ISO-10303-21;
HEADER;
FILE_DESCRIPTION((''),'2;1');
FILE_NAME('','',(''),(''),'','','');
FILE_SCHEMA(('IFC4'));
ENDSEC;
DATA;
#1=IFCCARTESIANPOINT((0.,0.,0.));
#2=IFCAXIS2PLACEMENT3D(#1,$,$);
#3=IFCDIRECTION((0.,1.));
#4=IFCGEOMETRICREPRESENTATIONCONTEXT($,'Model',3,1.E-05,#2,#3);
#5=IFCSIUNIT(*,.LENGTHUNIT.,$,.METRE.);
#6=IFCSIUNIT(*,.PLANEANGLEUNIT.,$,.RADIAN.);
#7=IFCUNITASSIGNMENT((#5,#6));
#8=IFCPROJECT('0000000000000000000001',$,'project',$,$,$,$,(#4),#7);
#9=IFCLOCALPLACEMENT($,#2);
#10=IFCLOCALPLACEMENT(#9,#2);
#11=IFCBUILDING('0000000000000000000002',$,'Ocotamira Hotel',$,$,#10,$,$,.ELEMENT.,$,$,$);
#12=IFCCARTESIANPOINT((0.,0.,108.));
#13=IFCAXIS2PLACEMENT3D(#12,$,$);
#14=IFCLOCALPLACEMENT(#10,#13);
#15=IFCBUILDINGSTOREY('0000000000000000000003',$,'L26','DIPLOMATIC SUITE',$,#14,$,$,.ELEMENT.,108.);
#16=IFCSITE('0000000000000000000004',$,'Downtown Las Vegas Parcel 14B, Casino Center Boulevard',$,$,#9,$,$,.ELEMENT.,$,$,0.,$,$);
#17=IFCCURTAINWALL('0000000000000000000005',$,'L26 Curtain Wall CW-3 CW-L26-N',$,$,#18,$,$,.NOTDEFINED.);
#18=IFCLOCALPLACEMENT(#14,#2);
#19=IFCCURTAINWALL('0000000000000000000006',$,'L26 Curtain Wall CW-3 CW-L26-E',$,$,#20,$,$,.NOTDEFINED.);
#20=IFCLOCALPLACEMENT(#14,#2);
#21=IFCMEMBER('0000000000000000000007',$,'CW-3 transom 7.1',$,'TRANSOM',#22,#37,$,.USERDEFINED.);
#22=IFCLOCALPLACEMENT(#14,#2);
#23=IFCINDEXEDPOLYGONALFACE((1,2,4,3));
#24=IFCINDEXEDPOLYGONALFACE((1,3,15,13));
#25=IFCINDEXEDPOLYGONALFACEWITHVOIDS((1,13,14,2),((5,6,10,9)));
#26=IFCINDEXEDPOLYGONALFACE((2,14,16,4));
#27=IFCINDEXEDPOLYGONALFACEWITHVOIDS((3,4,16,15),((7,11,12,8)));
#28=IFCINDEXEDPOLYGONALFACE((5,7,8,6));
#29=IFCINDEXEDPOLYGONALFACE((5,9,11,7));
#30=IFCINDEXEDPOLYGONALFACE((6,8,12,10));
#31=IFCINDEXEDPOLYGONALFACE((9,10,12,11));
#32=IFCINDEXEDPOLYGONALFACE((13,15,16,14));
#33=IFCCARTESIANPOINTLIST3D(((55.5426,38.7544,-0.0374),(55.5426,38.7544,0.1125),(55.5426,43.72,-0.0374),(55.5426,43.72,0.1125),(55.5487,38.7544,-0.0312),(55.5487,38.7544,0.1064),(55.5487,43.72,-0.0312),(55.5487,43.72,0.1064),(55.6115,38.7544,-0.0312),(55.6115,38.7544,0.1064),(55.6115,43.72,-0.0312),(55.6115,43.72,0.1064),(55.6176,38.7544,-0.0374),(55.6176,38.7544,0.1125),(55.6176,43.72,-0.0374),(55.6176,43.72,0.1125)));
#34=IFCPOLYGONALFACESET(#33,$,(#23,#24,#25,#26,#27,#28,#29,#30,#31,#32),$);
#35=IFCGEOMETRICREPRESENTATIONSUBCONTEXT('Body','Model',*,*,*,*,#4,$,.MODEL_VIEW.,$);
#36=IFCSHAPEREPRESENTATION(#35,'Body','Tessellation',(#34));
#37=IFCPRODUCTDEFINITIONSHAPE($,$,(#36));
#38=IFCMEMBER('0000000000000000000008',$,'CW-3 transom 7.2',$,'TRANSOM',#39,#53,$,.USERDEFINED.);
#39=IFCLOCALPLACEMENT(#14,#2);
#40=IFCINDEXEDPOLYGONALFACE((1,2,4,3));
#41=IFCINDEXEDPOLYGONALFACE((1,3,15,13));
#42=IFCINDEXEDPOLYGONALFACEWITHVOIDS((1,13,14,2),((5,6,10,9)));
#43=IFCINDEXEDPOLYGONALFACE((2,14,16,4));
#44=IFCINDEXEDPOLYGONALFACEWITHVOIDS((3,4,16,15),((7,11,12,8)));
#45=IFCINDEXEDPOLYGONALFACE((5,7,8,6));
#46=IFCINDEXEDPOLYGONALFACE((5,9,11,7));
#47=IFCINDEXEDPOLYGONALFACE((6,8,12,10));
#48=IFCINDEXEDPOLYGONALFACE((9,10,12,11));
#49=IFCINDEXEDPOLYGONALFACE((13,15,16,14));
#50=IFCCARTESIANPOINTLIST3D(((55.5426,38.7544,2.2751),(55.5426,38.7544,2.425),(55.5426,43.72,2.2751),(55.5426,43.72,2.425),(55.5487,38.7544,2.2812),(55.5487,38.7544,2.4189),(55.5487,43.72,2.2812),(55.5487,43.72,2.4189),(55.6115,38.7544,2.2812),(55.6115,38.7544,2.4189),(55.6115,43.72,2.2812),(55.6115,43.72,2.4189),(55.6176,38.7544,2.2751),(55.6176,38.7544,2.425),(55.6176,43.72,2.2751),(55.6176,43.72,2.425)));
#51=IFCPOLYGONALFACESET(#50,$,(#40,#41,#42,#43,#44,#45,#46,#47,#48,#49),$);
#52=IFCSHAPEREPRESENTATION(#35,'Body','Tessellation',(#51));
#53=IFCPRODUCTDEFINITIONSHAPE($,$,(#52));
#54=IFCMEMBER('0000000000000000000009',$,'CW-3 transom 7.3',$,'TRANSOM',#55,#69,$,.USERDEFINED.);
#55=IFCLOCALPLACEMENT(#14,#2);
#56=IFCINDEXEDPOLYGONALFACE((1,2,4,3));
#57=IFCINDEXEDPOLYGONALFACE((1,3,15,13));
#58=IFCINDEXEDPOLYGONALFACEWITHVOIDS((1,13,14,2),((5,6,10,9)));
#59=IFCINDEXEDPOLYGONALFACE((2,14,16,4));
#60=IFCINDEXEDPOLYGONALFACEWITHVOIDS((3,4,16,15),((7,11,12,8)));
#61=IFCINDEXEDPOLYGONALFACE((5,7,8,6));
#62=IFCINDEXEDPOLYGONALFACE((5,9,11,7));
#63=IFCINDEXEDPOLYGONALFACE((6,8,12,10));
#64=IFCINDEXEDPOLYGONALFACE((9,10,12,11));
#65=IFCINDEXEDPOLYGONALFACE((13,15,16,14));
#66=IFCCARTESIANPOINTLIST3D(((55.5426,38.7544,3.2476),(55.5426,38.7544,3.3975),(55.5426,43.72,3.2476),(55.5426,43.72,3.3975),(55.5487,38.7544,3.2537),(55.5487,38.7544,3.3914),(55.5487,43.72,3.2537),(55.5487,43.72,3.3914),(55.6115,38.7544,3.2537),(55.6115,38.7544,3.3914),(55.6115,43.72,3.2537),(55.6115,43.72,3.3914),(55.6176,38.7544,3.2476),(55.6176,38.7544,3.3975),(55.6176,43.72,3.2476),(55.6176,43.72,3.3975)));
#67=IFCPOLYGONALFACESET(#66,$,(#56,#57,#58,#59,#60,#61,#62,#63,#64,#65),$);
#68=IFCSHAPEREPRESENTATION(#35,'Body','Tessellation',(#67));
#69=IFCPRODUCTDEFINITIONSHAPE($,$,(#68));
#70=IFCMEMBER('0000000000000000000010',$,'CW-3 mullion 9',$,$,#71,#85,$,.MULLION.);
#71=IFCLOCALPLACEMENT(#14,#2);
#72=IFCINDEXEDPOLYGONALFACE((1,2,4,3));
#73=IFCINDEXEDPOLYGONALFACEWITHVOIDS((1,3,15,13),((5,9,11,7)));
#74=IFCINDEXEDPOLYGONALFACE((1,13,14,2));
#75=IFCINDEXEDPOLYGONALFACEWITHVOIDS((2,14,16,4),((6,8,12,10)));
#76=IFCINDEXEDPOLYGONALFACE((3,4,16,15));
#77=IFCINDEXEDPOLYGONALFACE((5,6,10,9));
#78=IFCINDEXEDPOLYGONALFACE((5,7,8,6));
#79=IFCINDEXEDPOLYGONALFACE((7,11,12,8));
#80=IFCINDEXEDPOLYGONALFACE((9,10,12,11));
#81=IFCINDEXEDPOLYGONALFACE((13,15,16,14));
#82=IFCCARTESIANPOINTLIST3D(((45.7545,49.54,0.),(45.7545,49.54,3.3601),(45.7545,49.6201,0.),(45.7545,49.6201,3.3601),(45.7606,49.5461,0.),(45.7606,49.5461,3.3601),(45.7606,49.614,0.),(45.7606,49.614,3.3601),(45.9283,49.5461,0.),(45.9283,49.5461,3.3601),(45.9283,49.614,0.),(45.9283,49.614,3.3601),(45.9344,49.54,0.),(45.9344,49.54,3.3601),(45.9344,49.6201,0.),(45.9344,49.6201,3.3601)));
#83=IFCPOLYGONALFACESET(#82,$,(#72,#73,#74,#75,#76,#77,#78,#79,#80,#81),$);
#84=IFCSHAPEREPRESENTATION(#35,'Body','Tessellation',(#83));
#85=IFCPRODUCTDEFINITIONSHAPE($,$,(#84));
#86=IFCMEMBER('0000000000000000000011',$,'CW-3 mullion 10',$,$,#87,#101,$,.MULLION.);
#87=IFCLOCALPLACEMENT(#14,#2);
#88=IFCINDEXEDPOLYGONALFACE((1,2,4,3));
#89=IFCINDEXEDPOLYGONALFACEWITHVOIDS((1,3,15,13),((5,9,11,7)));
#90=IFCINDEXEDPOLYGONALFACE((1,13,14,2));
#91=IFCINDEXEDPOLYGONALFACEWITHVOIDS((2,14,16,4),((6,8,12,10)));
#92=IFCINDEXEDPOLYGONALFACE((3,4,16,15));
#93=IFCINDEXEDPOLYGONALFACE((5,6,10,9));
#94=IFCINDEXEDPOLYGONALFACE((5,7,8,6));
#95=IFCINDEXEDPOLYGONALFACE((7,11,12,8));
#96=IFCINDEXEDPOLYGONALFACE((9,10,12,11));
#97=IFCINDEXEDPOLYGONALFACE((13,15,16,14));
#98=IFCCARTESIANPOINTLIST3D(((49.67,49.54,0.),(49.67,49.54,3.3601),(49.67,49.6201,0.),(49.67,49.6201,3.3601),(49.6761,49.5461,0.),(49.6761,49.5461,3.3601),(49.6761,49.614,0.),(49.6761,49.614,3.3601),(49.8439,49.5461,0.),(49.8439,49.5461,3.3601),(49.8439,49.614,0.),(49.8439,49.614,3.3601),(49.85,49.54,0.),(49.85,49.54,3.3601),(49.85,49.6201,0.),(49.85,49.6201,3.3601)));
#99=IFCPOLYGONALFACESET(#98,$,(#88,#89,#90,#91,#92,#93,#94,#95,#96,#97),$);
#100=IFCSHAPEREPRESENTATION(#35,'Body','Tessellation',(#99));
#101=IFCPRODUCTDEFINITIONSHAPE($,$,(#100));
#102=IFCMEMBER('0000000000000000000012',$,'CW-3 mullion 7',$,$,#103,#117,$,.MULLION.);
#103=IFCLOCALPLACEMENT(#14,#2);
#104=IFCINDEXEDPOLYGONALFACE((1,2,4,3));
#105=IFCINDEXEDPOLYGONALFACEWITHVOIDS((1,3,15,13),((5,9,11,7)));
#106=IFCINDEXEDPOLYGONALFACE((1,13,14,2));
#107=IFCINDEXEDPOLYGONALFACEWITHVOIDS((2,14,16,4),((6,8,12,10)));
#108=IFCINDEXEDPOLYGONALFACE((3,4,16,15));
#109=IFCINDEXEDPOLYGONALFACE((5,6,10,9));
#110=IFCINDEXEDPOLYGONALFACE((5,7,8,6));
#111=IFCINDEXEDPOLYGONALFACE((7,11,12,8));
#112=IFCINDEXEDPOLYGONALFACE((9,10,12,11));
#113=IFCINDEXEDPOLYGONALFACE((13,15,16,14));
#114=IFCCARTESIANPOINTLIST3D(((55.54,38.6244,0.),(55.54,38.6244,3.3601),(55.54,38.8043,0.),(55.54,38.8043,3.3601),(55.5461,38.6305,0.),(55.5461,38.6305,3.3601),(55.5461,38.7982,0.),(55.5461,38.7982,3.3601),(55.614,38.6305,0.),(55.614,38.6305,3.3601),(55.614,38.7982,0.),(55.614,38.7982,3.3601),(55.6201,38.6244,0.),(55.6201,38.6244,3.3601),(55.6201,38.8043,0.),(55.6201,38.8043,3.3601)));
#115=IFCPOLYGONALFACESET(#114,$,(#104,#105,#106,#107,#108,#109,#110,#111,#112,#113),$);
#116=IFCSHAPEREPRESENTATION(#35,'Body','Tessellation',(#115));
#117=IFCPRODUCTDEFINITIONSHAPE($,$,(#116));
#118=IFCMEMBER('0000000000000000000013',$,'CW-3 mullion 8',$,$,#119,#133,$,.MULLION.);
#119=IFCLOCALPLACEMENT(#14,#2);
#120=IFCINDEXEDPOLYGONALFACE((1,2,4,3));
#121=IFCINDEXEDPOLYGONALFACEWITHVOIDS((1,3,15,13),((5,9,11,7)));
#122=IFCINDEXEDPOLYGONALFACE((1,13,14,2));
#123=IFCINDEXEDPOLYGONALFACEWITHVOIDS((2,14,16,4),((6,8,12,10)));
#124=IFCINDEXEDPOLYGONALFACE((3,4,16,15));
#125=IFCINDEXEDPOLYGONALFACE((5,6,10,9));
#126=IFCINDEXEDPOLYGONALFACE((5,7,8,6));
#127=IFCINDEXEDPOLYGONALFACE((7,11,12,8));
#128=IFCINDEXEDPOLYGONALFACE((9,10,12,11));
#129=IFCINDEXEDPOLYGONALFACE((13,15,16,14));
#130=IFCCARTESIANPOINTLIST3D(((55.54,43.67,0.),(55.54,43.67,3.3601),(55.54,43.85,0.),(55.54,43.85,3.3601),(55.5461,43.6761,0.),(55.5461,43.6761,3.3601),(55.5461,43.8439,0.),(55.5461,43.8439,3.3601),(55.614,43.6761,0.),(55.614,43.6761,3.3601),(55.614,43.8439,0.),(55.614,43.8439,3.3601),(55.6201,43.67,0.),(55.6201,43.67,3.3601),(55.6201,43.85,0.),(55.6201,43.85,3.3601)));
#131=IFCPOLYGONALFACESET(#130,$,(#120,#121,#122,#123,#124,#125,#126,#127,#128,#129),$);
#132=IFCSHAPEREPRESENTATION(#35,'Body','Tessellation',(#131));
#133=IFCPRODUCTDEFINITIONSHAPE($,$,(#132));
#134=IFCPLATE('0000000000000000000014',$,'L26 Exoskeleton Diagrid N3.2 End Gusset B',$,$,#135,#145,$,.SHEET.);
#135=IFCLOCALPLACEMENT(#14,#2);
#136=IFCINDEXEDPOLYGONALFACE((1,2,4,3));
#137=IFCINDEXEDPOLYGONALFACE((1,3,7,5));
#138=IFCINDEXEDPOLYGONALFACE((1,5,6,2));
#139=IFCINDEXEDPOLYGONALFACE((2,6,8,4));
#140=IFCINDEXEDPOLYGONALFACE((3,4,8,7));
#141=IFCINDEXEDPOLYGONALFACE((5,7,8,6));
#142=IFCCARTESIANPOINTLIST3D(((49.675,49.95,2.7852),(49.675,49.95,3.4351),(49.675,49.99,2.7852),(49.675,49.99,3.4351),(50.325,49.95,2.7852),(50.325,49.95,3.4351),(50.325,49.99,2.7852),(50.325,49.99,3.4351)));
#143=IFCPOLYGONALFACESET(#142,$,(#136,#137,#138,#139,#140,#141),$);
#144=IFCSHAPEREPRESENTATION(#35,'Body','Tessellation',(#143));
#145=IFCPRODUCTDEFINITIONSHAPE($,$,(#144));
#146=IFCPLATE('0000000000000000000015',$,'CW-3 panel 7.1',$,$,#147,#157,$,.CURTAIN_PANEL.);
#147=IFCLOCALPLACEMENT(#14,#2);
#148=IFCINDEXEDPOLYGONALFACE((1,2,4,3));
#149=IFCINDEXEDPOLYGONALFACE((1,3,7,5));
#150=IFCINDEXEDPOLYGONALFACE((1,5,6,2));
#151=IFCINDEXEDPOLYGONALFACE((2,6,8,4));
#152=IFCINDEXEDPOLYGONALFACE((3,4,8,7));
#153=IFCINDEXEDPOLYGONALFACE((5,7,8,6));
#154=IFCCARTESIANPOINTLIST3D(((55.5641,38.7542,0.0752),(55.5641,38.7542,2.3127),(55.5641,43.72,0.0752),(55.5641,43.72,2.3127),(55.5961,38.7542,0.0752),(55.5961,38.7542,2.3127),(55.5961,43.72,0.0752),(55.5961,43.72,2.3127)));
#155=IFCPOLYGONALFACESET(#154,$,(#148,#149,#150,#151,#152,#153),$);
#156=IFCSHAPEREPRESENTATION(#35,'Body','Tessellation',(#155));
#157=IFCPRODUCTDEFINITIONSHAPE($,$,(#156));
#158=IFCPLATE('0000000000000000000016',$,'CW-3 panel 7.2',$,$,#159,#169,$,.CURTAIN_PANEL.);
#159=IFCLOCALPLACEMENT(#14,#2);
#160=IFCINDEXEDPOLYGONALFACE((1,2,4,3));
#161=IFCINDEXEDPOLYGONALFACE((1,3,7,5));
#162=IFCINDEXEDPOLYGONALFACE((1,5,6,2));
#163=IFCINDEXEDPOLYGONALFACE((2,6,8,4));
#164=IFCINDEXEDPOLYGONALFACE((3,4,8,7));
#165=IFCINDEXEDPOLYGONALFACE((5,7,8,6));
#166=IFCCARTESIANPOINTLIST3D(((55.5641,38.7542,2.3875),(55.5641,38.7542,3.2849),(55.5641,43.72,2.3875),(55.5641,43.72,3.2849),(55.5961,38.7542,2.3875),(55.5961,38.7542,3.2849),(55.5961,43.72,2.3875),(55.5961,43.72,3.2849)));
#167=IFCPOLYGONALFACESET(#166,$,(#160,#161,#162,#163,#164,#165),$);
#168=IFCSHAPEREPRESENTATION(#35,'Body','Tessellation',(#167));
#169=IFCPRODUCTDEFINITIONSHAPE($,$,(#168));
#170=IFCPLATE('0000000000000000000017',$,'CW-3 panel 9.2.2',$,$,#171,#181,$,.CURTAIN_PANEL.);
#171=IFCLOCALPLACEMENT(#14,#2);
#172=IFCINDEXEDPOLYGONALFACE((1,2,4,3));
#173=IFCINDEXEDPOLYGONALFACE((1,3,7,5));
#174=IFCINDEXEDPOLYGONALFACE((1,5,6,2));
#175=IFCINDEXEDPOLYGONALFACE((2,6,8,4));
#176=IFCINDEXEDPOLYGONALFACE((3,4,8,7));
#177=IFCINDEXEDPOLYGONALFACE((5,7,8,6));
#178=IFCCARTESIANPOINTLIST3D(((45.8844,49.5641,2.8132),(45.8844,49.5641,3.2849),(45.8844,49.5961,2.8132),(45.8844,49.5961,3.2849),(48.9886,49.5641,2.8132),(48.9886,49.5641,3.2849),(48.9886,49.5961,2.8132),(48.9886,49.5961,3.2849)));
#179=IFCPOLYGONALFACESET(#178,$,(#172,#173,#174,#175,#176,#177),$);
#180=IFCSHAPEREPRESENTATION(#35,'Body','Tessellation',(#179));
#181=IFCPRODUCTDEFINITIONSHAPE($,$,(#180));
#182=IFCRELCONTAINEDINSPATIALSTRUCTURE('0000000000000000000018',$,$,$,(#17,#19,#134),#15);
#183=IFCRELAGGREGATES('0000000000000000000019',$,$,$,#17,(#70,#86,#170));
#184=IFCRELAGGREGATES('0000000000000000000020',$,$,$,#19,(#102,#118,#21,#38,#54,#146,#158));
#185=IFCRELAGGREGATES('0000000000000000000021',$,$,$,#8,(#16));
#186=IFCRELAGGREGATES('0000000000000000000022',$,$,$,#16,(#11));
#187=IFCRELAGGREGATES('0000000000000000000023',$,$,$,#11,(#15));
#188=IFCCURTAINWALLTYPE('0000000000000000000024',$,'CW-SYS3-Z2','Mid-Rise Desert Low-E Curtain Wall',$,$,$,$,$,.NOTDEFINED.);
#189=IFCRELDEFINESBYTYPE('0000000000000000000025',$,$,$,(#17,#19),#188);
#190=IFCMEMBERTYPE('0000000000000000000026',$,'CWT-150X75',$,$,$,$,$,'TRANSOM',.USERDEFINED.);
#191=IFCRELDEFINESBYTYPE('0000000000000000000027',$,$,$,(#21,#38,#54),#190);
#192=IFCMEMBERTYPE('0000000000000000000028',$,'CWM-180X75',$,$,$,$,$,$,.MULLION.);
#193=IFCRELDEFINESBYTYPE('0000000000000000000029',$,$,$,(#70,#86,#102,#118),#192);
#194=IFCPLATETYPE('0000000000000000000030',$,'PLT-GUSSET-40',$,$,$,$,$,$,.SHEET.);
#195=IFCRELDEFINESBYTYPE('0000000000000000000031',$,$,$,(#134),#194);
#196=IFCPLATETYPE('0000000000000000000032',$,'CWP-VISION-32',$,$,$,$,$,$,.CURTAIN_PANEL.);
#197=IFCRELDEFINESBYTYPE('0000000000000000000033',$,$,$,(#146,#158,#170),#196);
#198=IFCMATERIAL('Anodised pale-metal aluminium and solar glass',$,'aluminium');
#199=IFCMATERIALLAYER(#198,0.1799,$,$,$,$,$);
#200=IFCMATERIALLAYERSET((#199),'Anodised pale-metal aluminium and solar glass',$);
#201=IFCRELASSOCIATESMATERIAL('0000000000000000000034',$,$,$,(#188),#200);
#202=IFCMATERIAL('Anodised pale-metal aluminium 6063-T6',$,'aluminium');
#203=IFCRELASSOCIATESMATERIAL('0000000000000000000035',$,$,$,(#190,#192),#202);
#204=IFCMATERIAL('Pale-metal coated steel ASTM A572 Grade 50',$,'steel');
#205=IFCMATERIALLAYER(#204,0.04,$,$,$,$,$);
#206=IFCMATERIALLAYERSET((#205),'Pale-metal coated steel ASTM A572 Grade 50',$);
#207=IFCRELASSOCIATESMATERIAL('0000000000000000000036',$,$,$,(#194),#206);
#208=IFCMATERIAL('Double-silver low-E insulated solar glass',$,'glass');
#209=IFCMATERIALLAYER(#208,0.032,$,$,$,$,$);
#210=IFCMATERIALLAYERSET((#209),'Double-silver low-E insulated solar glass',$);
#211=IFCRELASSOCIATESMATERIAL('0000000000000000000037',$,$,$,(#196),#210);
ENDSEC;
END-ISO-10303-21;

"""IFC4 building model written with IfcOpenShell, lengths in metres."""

from ifc_helpers import new_model, si_unit, direction, frame, origin, origin_2d, place, context, subcontext, project, spatial, rectangle, hollow_rectangle, extrude, source, transform, mapped, material, layer, layer_set, material_profile, profile_set, type_object, element, aggregate, save


model = new_model("IFC4")

# Units and contexts
model_context = context("Model", 3, precision=1e-05, world=origin(), true_north=direction((0.0, 1.0)))
body_context = subcontext(model_context, "Body", "Model", "MODEL_VIEW")
ifc_project = project(units=[si_unit("LENGTHUNIT", "METRE"), si_unit("PLANEANGLEUNIT", "RADIAN")], contexts=[model_context])

# Site, building, storey
site_placement = place(None, origin())
site = spatial("IfcSite", under=ifc_project, at=site_placement, Name="Downtown Las Vegas Parcel 14B, Casino Center Boulevard", CompositionType="ELEMENT", RefElevation=0.0)
building_placement = place(site_placement, origin())
building = spatial("IfcBuilding", under=site, at=building_placement, Name="Ocotamira Hotel", CompositionType="ELEMENT")
storey_placement = place(building_placement, frame((0.0, 0.0, 108.0)))
storey = spatial("IfcBuildingStorey", under=building, at=storey_placement, Name="L26", Description="DIPLOMATIC SUITE", CompositionType="ELEMENT", Elevation=108.0)

# Curtain walls, members
ifc_material_1 = material(Name="Anodised pale-metal aluminium and solar glass", Category="aluminium")
ifc_layer_1 = layer(ifc_material_1, 0.1799)
ifc_layer_set_1 = layer_set([ifc_layer_1], Name="Anodised pale-metal aluminium and solar glass")
curtain_wall_type = type_object("IfcCurtainWallType", Name="CW-SYS3-Z2", Description="Mid-Rise Desert Low-E Curtain Wall", PredefinedType="NOTDEFINED", material=ifc_layer_set_1)
curtain_wall_1_placement = place(storey_placement, origin())
curtain_wall_1 = element("IfcCurtainWall", 1, at=curtain_wall_1_placement, inside=storey, type_object=curtain_wall_type, Name="L26 Curtain Wall CW-3 CW-L26-N", PredefinedType="NOTDEFINED")
ifc_material_2 = material(Name="Anodised pale-metal aluminium 6063-T6", Category="aluminium")
ifc_material_profile_1 = material_profile(ifc_material_2, hollow_rectangle(XDim=0.075, YDim=0.1499, WallThickness=0.0061, at=origin_2d()), Name="HSS150X75X6")
ifc_profile_set_1 = profile_set([ifc_material_profile_1], Name="Anodised pale-metal aluminium 6063-T6")
member_type_1 = type_object("IfcMemberType", Name="CWT-150X75", ElementType="TRANSOM", PredefinedType="USERDEFINED", material=ifc_profile_set_1)
curtain_wall_2_placement = place(storey_placement, origin())
curtain_wall_2 = element("IfcCurtainWall", 2, at=curtain_wall_2_placement, inside=storey, type_object=curtain_wall_type, Name="L26 Curtain Wall CW-3 CW-L26-E", PredefinedType="NOTDEFINED")
shared_shape_1 = source(origin(), body_context, "Body", "SweptSolid", [
    extrude(hollow_rectangle(XDim=0.075, YDim=0.1499, WallThickness=0.0061, at=origin_2d()), origin(), (0.0, 0.0, 1.0), 4.9656),
])
member_1_placement = place(storey_placement, frame((55.5801, 38.7544, 0.0376), z_axis=(0.0, 1.0, 0.0), x_axis=(-1.0, 0.0, 0.0)))
member_1 = element("IfcMember", 3, at=member_1_placement, type_object=member_type_1, Name="CW-3 transom 7.1", ObjectType="TRANSOM", PredefinedType="USERDEFINED", context=body_context, shape_type="MappedRepresentation", body=[
    mapped(shared_shape_1, transform((0.0, 0.0, 0.0), scale=1.0)),
])
member_2_placement = place(storey_placement, frame((55.5801, 38.7544, 2.3501), z_axis=(0.0, 1.0, 0.0), x_axis=(-1.0, 0.0, 0.0)))
member_2 = element("IfcMember", 4, at=member_2_placement, type_object=member_type_1, Name="CW-3 transom 7.2", ObjectType="TRANSOM", PredefinedType="USERDEFINED", context=body_context, shape_type="MappedRepresentation", body=[
    mapped(shared_shape_1, transform((0.0, 0.0, 0.0), scale=1.0)),
])
member_3_placement = place(storey_placement, frame((55.5801, 38.7544, 3.3225), z_axis=(0.0, 1.0, 0.0), x_axis=(-1.0, 0.0, 0.0)))
member_3 = element("IfcMember", 5, at=member_3_placement, type_object=member_type_1, Name="CW-3 transom 7.3", ObjectType="TRANSOM", PredefinedType="USERDEFINED", context=body_context, shape_type="MappedRepresentation", body=[
    mapped(shared_shape_1, transform((0.0, 0.0, 0.0), scale=1.0)),
])

# Members
ifc_material_profile_2 = material_profile(ifc_material_2, hollow_rectangle(XDim=0.0801, YDim=0.1799, WallThickness=0.0061, at=origin_2d()), Name="HSS180X80X6")
ifc_profile_set_2 = profile_set([ifc_material_profile_2], Name="Anodised pale-metal aluminium 6063-T6")
member_type_2 = type_object("IfcMemberType", Name="CWM-180X75", PredefinedType="MULLION", material=ifc_profile_set_2)
shared_shape_2 = source(origin(), body_context, "Body", "SweptSolid", [
    extrude(hollow_rectangle(XDim=0.0801, YDim=0.1799, WallThickness=0.0061, at=origin_2d()), origin(), (0.0, 0.0, 1.0), 3.3601),
])
member_4_placement = place(storey_placement, frame((45.8445, 49.5801, 0.0), z_axis=(0.0, 0.0, 1.0), x_axis=(0.0, 1.0, 0.0)))
member_4 = element("IfcMember", 6, at=member_4_placement, type_object=member_type_2, Name="CW-3 mullion 9", PredefinedType="MULLION", context=body_context, shape_type="MappedRepresentation", body=[
    mapped(shared_shape_2, transform((0.0, 0.0, 0.0), scale=1.0)),
])
member_5_placement = place(storey_placement, frame((49.76, 49.5801, 0.0), z_axis=(0.0, 0.0, 1.0), x_axis=(0.0, 1.0, 0.0)))
member_5 = element("IfcMember", 7, at=member_5_placement, type_object=member_type_2, Name="CW-3 mullion 10", PredefinedType="MULLION", context=body_context, shape_type="MappedRepresentation", body=[
    mapped(shared_shape_2, transform((0.0, 0.0, 0.0), scale=1.0)),
])
member_6_placement = place(storey_placement, frame((55.5801, 38.7144, 0.0), z_axis=(0.0, 0.0, 1.0), x_axis=(-1.0, 0.0, 0.0)))
member_6 = element("IfcMember", 8, at=member_6_placement, type_object=member_type_2, Name="CW-3 mullion 7", PredefinedType="MULLION", context=body_context, shape_type="MappedRepresentation", body=[
    mapped(shared_shape_2, transform((0.0, 0.0, 0.0), scale=1.0)),
])
member_7_placement = place(storey_placement, frame((55.5801, 43.76, 0.0), z_axis=(0.0, 0.0, 1.0), x_axis=(-1.0, 0.0, 0.0)))
member_7 = element("IfcMember", 9, at=member_7_placement, type_object=member_type_2, Name="CW-3 mullion 8", PredefinedType="MULLION", context=body_context, shape_type="MappedRepresentation", body=[
    mapped(shared_shape_2, transform((0.0, 0.0, 0.0), scale=1.0)),
])

# Plates
ifc_material_3 = material(Name="Pale-metal coated steel ASTM A572 Grade 50", Category="steel")
ifc_layer_2 = layer(ifc_material_3, 0.04)
ifc_layer_set_2 = layer_set([ifc_layer_2], Name="Pale-metal coated steel ASTM A572 Grade 50")
plate_type_1 = type_object("IfcPlateType", Name="PLT-GUSSET-40", PredefinedType="SHEET", material=ifc_layer_set_2)
shared_shape_3 = source(origin(), body_context, "Body", "SweptSolid", [
    extrude(rectangle(XDim=0.6499, YDim=0.04, at=origin_2d()), origin(), (0.0, 0.0, 1.0), 0.6499),
])
plate_1_placement = place(storey_placement, frame((50.0, 49.97, 2.7852), z_axis=(0.0, 0.0, 1.0), x_axis=(1.0, 0.0, 0.0)))
element("IfcPlate", 10, at=plate_1_placement, inside=storey, type_object=plate_type_1, Name="L26 Exoskeleton Diagrid N3.2 End Gusset B", PredefinedType="SHEET", context=body_context, shape_type="MappedRepresentation", body=[
    mapped(shared_shape_3, transform((0.0, 0.0, 0.0), scale=1.0)),
])
ifc_material_4 = material(Name="Double-silver low-E insulated solar glass", Category="glass")
ifc_layer_3 = layer(ifc_material_4, 0.032)
ifc_layer_set_3 = layer_set([ifc_layer_3], Name="Double-silver low-E insulated solar glass")
plate_type_2 = type_object("IfcPlateType", Name="CWP-VISION-32", PredefinedType="CURTAIN_PANEL", material=ifc_layer_set_3)
shared_shape_4 = source(origin(), body_context, "Body", "SweptSolid", [
    extrude(rectangle(XDim=4.9658, YDim=0.032, at=origin_2d()), origin(), (0.0, 0.0, 1.0), 2.2375),
])
plate_2_placement = place(storey_placement, frame((55.5801, 41.2371, 0.0752), z_axis=(0.0, 0.0, 1.0), x_axis=(0.0, 1.0, 0.0)))
plate_2 = element("IfcPlate", 11, at=plate_2_placement, type_object=plate_type_2, Name="CW-3 panel 7.1", PredefinedType="CURTAIN_PANEL", context=body_context, shape_type="MappedRepresentation", body=[
    mapped(shared_shape_4, transform((0.0, 0.0, 0.0), scale=1.0)),
])
shared_shape_5 = source(origin(), body_context, "Body", "SweptSolid", [
    extrude(rectangle(XDim=4.9658, YDim=0.032, at=origin_2d()), origin(), (0.0, 0.0, 1.0), 0.8975),
])
plate_3_placement = place(storey_placement, frame((55.5801, 41.2371, 2.3875), z_axis=(0.0, 0.0, 1.0), x_axis=(0.0, 1.0, 0.0)))
plate_3 = element("IfcPlate", 12, at=plate_3_placement, type_object=plate_type_2, Name="CW-3 panel 7.2", PredefinedType="CURTAIN_PANEL", context=body_context, shape_type="MappedRepresentation", body=[
    mapped(shared_shape_5, transform((0.0, 0.0, 0.0), scale=1.0)),
])
shared_shape_6 = source(origin(), body_context, "Body", "SweptSolid", [
    extrude(rectangle(XDim=3.1042, YDim=0.032, at=origin_2d()), origin(), (0.0, 0.0, 1.0), 0.4717),
])
plate_4_placement = place(storey_placement, frame((47.4365, 49.5801, 2.8132), z_axis=(0.0, 0.0, 1.0), x_axis=(1.0, 0.0, 0.0)))
plate_4 = element("IfcPlate", 13, at=plate_4_placement, type_object=plate_type_2, Name="CW-3 panel 9.2.2", PredefinedType="CURTAIN_PANEL", context=body_context, shape_type="MappedRepresentation", body=[
    mapped(shared_shape_6, transform((0.0, 0.0, 0.0), scale=1.0)),
])
aggregate(curtain_wall_1, [member_4, member_5, plate_4])
aggregate(curtain_wall_2, [member_6, member_7, member_1, member_2, member_3, plate_2, plate_3])

save(model, "model.ifc")
